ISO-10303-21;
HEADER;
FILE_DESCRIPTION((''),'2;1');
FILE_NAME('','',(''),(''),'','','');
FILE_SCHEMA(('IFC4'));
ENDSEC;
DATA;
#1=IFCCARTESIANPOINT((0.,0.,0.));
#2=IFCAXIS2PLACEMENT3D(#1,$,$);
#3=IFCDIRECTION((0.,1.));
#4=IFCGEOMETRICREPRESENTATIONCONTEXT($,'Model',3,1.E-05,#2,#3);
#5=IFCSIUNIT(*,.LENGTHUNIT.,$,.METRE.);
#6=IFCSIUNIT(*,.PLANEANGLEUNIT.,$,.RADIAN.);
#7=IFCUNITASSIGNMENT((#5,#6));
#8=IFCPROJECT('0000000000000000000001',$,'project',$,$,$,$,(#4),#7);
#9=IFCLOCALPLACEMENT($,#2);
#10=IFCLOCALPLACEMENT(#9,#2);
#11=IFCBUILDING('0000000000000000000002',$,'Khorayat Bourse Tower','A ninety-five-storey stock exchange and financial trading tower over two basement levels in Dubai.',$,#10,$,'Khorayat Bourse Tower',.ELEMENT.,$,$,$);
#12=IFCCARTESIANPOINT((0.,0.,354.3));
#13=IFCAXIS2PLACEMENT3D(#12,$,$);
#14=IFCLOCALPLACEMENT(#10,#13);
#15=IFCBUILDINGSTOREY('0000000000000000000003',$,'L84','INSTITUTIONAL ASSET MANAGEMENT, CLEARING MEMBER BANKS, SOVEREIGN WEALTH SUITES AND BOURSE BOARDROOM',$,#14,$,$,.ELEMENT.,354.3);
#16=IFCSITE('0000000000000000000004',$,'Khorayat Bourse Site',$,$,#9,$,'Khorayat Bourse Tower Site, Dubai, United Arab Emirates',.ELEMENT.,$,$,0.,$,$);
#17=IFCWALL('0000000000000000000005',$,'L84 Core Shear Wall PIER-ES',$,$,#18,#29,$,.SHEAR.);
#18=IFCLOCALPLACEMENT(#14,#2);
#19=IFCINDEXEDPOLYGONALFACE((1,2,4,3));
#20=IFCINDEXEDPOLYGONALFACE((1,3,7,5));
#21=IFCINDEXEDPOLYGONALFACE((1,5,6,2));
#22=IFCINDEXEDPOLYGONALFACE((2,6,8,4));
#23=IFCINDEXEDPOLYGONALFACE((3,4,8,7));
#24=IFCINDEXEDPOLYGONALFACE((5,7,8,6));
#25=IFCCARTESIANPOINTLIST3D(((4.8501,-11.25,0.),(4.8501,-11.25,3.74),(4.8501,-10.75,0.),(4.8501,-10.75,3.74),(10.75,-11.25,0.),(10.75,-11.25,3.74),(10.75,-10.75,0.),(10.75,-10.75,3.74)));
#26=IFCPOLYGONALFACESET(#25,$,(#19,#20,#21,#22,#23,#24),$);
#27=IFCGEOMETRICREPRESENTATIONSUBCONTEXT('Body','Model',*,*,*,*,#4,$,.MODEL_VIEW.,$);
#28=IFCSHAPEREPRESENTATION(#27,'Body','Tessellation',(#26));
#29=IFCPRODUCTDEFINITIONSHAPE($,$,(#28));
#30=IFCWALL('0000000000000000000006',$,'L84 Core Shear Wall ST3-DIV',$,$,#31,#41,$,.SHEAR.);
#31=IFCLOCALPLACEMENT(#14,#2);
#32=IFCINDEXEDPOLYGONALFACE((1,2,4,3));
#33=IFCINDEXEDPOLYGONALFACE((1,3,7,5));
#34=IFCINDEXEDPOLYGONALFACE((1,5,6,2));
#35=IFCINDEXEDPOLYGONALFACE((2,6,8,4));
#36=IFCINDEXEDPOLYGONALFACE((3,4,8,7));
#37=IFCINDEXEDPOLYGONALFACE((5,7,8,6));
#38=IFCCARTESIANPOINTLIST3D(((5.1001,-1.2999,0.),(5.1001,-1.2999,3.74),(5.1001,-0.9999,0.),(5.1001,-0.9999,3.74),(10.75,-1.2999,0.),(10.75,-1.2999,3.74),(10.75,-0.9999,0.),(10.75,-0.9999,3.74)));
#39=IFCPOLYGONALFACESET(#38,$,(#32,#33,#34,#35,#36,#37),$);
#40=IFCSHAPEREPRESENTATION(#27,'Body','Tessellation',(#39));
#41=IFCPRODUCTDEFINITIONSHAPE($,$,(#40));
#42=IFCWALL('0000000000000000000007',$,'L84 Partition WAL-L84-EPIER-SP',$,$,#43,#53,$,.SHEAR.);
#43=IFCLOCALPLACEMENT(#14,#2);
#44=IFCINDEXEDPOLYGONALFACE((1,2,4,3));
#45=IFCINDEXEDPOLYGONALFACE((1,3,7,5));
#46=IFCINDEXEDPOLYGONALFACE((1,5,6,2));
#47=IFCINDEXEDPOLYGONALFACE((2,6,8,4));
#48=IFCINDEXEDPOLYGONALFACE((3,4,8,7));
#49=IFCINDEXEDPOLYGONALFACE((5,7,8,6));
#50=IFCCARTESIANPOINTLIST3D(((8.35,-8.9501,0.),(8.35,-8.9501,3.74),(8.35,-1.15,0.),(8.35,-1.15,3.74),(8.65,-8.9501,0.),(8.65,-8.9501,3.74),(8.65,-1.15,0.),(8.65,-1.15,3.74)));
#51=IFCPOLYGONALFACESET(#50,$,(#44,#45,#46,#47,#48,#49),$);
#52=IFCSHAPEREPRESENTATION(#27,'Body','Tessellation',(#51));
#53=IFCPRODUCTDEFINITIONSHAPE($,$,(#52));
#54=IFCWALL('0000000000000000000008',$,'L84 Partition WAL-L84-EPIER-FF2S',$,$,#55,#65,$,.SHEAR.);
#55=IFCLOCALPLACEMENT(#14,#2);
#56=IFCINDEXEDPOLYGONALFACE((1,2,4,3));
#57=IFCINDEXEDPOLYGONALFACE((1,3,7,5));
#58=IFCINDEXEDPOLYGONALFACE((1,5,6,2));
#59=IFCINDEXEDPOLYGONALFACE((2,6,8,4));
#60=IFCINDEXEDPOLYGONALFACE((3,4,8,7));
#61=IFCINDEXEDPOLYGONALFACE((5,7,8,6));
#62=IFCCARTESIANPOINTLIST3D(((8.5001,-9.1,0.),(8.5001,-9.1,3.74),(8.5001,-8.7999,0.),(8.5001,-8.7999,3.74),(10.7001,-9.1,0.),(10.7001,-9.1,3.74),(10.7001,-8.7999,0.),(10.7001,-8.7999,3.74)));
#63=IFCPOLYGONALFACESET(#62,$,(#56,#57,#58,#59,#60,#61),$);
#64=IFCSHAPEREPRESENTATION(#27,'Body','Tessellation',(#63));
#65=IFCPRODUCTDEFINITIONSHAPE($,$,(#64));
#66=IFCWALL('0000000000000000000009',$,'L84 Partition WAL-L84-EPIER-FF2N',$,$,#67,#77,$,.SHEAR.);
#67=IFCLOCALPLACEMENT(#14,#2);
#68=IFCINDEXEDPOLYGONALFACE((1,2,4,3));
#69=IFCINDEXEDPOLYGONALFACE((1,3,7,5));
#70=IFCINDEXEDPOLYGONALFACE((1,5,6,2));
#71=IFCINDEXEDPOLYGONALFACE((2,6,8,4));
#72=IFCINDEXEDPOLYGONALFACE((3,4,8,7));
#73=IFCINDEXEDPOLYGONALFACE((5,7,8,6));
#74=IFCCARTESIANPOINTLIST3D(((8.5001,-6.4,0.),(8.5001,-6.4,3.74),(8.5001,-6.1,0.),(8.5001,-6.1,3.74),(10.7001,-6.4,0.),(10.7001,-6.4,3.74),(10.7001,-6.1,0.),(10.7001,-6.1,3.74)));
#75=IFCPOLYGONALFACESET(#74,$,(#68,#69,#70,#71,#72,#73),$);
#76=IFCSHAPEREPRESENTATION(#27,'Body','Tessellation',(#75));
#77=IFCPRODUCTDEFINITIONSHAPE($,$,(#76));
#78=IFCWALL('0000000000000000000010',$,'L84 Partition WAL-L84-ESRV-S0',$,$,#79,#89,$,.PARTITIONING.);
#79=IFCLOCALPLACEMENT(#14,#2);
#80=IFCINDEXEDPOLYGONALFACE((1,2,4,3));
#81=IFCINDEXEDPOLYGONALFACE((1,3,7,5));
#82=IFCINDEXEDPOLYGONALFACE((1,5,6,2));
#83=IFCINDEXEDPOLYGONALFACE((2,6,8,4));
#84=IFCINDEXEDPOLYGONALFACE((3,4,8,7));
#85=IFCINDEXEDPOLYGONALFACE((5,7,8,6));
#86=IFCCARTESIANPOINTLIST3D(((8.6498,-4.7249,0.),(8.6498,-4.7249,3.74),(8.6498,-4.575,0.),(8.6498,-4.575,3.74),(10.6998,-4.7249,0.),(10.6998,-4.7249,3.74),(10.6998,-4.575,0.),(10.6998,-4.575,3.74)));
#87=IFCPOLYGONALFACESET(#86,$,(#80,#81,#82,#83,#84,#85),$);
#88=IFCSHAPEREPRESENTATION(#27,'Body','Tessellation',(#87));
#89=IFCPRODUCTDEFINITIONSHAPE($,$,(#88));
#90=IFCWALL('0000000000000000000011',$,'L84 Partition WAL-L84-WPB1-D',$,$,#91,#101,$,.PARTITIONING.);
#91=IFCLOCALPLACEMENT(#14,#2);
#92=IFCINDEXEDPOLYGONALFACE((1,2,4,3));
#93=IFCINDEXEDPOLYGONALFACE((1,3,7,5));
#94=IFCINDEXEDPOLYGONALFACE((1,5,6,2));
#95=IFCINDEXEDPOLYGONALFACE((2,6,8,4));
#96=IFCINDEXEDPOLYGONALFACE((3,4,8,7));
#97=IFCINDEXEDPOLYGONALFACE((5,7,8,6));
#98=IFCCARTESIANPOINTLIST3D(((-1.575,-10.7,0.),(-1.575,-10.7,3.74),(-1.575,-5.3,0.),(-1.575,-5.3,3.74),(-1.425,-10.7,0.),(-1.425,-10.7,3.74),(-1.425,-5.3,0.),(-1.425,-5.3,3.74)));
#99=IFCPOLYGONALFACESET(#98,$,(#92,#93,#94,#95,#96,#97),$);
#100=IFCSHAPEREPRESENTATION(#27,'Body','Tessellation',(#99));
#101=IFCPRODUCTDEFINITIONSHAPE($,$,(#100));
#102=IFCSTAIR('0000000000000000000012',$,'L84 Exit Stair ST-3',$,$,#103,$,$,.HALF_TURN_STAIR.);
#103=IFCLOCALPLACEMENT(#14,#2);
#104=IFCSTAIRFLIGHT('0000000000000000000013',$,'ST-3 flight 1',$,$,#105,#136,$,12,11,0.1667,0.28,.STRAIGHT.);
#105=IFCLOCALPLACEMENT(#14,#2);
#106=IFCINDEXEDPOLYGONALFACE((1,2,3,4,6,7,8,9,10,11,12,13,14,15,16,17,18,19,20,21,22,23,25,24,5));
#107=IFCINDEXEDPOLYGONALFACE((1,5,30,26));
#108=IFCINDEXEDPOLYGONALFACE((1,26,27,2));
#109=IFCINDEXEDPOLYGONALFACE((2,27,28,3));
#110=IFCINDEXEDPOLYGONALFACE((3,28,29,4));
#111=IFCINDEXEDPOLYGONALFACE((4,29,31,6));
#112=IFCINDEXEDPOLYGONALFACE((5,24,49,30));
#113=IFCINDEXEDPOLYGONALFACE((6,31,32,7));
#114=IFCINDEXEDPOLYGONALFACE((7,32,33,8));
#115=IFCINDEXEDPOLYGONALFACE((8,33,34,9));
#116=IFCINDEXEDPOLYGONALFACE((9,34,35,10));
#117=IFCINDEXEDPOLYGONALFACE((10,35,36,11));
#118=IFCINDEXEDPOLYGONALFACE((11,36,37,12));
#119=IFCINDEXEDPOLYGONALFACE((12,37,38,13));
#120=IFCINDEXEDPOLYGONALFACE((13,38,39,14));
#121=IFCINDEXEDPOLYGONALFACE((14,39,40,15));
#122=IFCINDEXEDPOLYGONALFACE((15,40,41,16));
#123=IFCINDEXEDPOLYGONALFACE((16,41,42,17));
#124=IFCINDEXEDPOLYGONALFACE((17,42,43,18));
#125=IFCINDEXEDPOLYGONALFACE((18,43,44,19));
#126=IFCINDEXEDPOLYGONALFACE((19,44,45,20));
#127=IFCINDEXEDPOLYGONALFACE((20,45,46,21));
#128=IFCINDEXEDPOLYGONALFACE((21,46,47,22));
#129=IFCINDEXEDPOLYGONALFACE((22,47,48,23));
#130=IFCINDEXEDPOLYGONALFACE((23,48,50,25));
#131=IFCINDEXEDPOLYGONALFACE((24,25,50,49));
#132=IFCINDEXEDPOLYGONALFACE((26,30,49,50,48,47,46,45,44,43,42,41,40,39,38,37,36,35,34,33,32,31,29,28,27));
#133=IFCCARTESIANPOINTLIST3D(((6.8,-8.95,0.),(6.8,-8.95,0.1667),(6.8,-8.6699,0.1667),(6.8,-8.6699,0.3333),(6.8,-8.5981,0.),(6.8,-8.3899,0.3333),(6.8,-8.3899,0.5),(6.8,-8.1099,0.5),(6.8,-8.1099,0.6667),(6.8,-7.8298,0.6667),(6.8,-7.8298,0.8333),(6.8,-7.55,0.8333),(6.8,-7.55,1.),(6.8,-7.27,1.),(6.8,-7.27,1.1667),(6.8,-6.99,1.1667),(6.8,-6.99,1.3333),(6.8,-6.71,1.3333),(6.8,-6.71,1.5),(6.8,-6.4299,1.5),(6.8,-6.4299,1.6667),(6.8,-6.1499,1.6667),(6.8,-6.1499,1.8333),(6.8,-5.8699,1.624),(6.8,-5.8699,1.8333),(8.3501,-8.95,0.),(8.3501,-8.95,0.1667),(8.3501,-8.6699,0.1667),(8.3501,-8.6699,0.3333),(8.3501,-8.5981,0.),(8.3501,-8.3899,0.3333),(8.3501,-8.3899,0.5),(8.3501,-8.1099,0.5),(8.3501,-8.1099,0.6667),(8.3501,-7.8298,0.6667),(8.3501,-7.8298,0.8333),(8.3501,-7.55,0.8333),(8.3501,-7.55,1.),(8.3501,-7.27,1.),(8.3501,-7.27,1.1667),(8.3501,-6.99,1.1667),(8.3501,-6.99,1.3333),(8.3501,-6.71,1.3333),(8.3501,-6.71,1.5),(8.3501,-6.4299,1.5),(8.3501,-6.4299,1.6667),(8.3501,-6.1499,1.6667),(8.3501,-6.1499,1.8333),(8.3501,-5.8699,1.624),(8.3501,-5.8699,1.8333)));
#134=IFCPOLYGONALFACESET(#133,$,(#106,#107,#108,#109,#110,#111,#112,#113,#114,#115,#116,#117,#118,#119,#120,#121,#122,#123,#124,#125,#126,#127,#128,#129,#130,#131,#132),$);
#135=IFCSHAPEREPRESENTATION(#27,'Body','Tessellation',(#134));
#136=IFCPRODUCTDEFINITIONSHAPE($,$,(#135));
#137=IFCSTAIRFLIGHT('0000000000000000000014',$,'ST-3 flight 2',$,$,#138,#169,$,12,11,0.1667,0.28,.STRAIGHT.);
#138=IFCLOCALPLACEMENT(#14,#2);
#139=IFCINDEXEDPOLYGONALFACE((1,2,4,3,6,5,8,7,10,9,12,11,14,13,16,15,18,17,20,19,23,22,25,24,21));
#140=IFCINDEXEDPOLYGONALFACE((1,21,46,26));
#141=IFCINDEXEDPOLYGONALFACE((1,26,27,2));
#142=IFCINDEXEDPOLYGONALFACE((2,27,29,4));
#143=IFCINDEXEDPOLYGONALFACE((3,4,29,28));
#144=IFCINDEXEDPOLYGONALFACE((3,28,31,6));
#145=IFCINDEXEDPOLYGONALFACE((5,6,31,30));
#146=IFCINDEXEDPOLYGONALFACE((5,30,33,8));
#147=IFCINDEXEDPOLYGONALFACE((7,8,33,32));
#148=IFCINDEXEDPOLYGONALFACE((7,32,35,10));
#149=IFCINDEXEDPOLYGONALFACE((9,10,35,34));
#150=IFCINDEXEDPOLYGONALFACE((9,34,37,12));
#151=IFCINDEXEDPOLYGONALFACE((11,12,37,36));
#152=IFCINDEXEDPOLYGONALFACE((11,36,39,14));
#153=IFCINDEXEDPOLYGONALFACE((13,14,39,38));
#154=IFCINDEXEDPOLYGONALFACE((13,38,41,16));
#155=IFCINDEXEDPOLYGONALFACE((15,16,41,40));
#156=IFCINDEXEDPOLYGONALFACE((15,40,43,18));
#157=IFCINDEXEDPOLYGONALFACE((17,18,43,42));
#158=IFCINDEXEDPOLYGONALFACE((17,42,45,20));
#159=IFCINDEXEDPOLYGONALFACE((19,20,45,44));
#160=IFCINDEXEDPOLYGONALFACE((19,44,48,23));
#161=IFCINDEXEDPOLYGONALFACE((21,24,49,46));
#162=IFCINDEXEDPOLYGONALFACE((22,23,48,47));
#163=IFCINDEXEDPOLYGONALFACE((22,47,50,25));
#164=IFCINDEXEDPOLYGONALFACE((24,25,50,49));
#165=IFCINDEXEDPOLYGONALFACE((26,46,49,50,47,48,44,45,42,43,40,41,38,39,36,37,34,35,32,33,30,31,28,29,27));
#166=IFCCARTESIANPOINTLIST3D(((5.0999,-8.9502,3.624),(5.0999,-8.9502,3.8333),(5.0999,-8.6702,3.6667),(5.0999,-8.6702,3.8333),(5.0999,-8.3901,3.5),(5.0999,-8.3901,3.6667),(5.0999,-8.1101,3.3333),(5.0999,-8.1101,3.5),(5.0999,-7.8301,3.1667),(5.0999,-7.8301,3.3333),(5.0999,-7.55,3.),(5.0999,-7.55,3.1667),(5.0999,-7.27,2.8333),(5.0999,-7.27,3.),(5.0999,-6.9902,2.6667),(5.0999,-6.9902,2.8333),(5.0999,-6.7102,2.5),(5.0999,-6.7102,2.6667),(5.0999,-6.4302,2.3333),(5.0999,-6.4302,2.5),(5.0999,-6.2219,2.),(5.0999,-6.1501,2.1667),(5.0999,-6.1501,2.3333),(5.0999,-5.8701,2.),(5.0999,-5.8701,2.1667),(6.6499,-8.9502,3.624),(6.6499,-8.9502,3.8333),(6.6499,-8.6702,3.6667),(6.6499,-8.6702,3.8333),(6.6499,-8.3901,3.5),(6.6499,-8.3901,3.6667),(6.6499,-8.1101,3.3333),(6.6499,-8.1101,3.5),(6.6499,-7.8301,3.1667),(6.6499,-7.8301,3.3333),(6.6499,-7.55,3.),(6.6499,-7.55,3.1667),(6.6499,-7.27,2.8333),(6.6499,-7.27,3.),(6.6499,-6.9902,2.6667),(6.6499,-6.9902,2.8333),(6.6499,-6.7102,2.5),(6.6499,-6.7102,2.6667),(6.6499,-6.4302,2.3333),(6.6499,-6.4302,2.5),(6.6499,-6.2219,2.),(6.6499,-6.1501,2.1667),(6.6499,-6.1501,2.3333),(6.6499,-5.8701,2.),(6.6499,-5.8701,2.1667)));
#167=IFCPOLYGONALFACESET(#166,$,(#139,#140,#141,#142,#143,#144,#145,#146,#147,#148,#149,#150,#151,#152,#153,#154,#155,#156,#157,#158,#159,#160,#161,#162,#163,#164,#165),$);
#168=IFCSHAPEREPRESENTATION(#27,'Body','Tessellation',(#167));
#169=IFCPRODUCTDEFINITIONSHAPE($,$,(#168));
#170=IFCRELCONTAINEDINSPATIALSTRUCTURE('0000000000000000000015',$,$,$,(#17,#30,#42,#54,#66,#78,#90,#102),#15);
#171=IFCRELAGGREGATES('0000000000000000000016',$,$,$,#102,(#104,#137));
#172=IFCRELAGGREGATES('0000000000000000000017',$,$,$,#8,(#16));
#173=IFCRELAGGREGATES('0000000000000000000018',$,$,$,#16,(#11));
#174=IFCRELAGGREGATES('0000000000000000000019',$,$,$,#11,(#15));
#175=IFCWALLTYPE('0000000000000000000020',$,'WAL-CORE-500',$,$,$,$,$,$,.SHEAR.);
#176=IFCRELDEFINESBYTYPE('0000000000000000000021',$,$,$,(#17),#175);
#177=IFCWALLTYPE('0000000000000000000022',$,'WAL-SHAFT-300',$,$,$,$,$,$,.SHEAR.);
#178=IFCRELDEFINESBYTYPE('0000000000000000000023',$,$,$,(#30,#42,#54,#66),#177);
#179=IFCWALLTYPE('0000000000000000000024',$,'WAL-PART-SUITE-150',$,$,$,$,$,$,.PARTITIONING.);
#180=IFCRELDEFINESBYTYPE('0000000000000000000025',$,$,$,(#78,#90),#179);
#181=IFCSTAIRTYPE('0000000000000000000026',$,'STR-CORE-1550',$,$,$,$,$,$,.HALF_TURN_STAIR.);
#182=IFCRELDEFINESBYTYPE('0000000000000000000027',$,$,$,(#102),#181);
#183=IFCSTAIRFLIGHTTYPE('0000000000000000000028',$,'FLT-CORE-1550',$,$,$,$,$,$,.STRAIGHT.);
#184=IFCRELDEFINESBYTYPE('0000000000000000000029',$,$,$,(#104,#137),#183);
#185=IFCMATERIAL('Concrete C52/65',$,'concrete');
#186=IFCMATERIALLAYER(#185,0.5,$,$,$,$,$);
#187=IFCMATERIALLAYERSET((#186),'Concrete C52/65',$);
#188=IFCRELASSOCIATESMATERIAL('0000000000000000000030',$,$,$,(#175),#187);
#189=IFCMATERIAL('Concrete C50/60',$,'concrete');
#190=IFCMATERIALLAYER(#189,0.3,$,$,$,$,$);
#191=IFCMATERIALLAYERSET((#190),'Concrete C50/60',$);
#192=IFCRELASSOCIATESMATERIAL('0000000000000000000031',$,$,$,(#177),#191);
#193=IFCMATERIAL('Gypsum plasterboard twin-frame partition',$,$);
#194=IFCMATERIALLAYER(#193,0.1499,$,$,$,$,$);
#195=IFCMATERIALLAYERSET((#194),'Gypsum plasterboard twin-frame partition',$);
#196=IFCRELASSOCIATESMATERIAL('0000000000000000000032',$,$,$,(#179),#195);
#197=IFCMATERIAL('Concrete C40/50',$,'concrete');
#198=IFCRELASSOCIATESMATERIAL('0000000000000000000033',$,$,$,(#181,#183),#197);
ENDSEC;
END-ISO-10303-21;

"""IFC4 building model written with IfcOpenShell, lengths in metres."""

from ifc_helpers import new_model, si_unit, direction, frame, frame_2d, origin, place, context, subcontext, project, spatial, polyline, rectangle, outline, extrude, source, transform, mapped, material, layer, layer_set, type_object, element, aggregate, save


model = new_model("IFC4")

# Units and contexts
model_context = context("Model", 3, precision=1e-05, world=origin(), true_north=direction((0.0, 1.0)))
body_context = subcontext(model_context, "Body", "Model", "MODEL_VIEW")
ifc_project = project(units=[si_unit("LENGTHUNIT", "METRE"), si_unit("PLANEANGLEUNIT", "RADIAN")], contexts=[model_context])

# Site, building, storey
site_placement = place(None, origin())
site = spatial("IfcSite", under=ifc_project, at=site_placement, Name="Khorayat Bourse Site", LongName="Khorayat Bourse Tower Site, Dubai, United Arab Emirates", CompositionType="ELEMENT", RefElevation=0.0)
building_placement = place(site_placement, origin())
building = spatial("IfcBuilding", under=site, at=building_placement, Name="Khorayat Bourse Tower", Description="A ninety-five-storey stock exchange and financial trading tower over two basement levels in Dubai.", LongName="Khorayat Bourse Tower", CompositionType="ELEMENT")
storey_placement = place(building_placement, frame((0.0, 0.0, 354.3)))
storey = spatial("IfcBuildingStorey", under=building, at=storey_placement, Name="L84", Description="INSTITUTIONAL ASSET MANAGEMENT, CLEARING MEMBER BANKS, SOVEREIGN WEALTH SUITES AND BOURSE BOARDROOM", CompositionType="ELEMENT", Elevation=354.3)

# Shared definitions
ifc_material_1 = material(Name="Concrete C52/65", Category="concrete")

# Shared definitions
ifc_material_2 = material(Name="Concrete C40/50", Category="concrete")

# Shared definitions
ifc_layer_1 = layer(ifc_material_1, 0.5)
ifc_layer_set_1 = layer_set([ifc_layer_1], Name="Concrete C52/65")
wall_type_1 = type_object("IfcWallType", Name="WAL-CORE-500", PredefinedType="SHEAR", material=ifc_layer_set_1)

# Walls
shared_shape_1 = source(origin(), body_context, "Body", "SweptSolid", [
    extrude(rectangle(XDim=5.8999, YDim=0.5, at=frame_2d((2.95, 0.0))), origin(), (0.0, 0.0, 1.0), 3.74),
])
wall_1_placement = place(storey_placement, frame((4.8501, -11.0, 0.0), z_axis=(0.0, 0.0, 1.0), x_axis=(1.0, 0.0, 0.0)))
element("IfcWall", 1, at=wall_1_placement, inside=storey, type_object=wall_type_1, Name="L84 Core Shear Wall PIER-ES", PredefinedType="SHEAR", context=body_context, shape_type="MappedRepresentation", body=[
    mapped(shared_shape_1, transform((0.0, 0.0, 0.0), scale=1.0)),
])
ifc_material_3 = material(Name="Concrete C50/60", Category="concrete")
ifc_layer_2 = layer(ifc_material_3, 0.3)
ifc_layer_set_2 = layer_set([ifc_layer_2], Name="Concrete C50/60")
wall_type_2 = type_object("IfcWallType", Name="WAL-SHAFT-300", PredefinedType="SHEAR", material=ifc_layer_set_2)
shared_shape_2 = source(origin(), body_context, "Body", "SweptSolid", [
    extrude(rectangle(XDim=5.6499, YDim=0.3, at=frame_2d((2.825, 0.0))), origin(), (0.0, 0.0, 1.0), 3.74),
])
wall_2_placement = place(storey_placement, frame((5.1001, -1.1499, 0.0), z_axis=(0.0, 0.0, 1.0), x_axis=(1.0, 0.0, 0.0)))
element("IfcWall", 2, at=wall_2_placement, inside=storey, type_object=wall_type_2, Name="L84 Core Shear Wall ST3-DIV", PredefinedType="SHEAR", context=body_context, shape_type="MappedRepresentation", body=[
    mapped(shared_shape_2, transform((0.0, 0.0, 0.0), scale=1.0)),
])
shared_shape_3 = source(origin(), body_context, "Body", "SweptSolid", [
    extrude(rectangle(XDim=7.8, YDim=0.3, at=frame_2d((3.8999, 0.0))), origin(), (0.0, 0.0, 1.0), 3.74),
])
wall_3_placement = place(storey_placement, frame((8.5, -8.95, 0.0), z_axis=(0.0, 0.0, 1.0), x_axis=(0.0, 1.0, 0.0)))
element("IfcWall", 3, at=wall_3_placement, inside=storey, type_object=wall_type_2, Name="L84 Partition WAL-L84-EPIER-SP", PredefinedType="SHEAR", context=body_context, shape_type="MappedRepresentation", body=[
    mapped(shared_shape_3, transform((0.0, 0.0, 0.0), scale=1.0)),
])
shared_shape_4 = source(origin(), body_context, "Body", "SweptSolid", [
    extrude(rectangle(XDim=2.2, YDim=0.3, at=frame_2d((1.1001, 0.0))), origin(), (0.0, 0.0, 1.0), 3.74),
])
for number, where, z_axis, x_axis, name in (
    (4, (8.5, -8.95, 0.0), (0.0, 0.0, 1.0), (1.0, 0.0, 0.0), "L84 Partition WAL-L84-EPIER-FF2S"),
    (5, (8.5, -6.25, 0.0), (0.0, 0.0, 1.0), (1.0, 0.0, 0.0), "L84 Partition WAL-L84-EPIER-FF2N"),
):
    element("IfcWall", number, at=place(storey_placement, frame(where, z_axis=z_axis, x_axis=x_axis)), inside=storey, type_object=wall_type_2, Name=name, PredefinedType="SHEAR", context=body_context, shape_type="MappedRepresentation", body=[
        mapped(shared_shape_4, transform((0.0, 0.0, 0.0), scale=1.0)),
    ])
ifc_material_4 = material(Name="Gypsum plasterboard twin-frame partition")
ifc_layer_3 = layer(ifc_material_4, 0.1499)
ifc_layer_set_3 = layer_set([ifc_layer_3], Name="Gypsum plasterboard twin-frame partition")
wall_type_3 = type_object("IfcWallType", Name="WAL-PART-SUITE-150", PredefinedType="PARTITIONING", material=ifc_layer_set_3)
shared_shape_5 = source(origin(), body_context, "Body", "SweptSolid", [
    extrude(rectangle(XDim=2.05, YDim=0.1499, at=frame_2d((1.0249, 0.0))), origin(), (0.0, 0.0, 1.0), 3.74),
])
wall_4_placement = place(storey_placement, frame((8.6499, -4.6499, 0.0), z_axis=(0.0, 0.0, 1.0), x_axis=(1.0, 0.0, 0.0)))
element("IfcWall", 6, at=wall_4_placement, inside=storey, type_object=wall_type_3, Name="L84 Partition WAL-L84-ESRV-S0", PredefinedType="PARTITIONING", context=body_context, shape_type="MappedRepresentation", body=[
    mapped(shared_shape_5, transform((0.0, 0.0, 0.0), scale=1.0)),
])
shared_shape_6 = source(origin(), body_context, "Body", "SweptSolid", [
    extrude(rectangle(XDim=5.3999, YDim=0.1499, at=frame_2d((2.7, 0.0))), origin(), (0.0, 0.0, 1.0), 3.74),
])
wall_5_placement = place(storey_placement, frame((-1.5, -10.7, 0.0), z_axis=(0.0, 0.0, 1.0), x_axis=(0.0, 1.0, 0.0)))
element("IfcWall", 7, at=wall_5_placement, inside=storey, type_object=wall_type_3, Name="L84 Partition WAL-L84-WPB1-D", PredefinedType="PARTITIONING", context=body_context, shape_type="MappedRepresentation", body=[
    mapped(shared_shape_6, transform((0.0, 0.0, 0.0), scale=1.0)),
])

# Stair, stair flights
stair_type = type_object("IfcStairType", Name="STR-CORE-1550", PredefinedType="HALF_TURN_STAIR", material=ifc_material_2)
stair_placement = place(storey_placement, origin())
stair = element("IfcStair", 8, at=stair_placement, inside=storey, type_object=stair_type, Name="L84 Exit Stair ST-3", PredefinedType="HALF_TURN_STAIR")
stair_flight_type = type_object("IfcStairFlightType", Name="FLT-CORE-1550", PredefinedType="STRAIGHT", material=ifc_material_2)
shared_shape_7 = source(origin(), body_context, "Body", "SweptSolid", [
    extrude(outline(polyline([(0.0, 0.0), (0.0, 0.1667), (0.28, 0.1667), (0.28, 0.3333), (0.5601, 0.3333), (0.5601, 0.5), (0.8401, 0.5), (0.8401, 0.6667), (1.1201, 0.6667), (1.1201, 0.8333), (1.3999, 0.8333), (1.3999, 1.0), (1.6799, 1.0), (1.6799, 1.1667), (1.96, 1.1667), (1.96, 1.3333), (2.24, 1.3333), (2.24, 1.5), (2.52, 1.5), (2.52, 1.6667), (2.8, 1.6667), (2.8, 1.8333), (3.0801, 1.8333), (3.0801, 2.0), (3.0801, 1.624), (0.3518, 0.0), (0.0, 0.0)])), frame((0.0, 0.7749, 0.0), z_axis=(0.0, -1.0, 0.0), x_axis=(1.0, 0.0, 0.0)), (0.0, 0.0, 1.0), 1.55),
])
stair_flight_1_placement = place(storey_placement, frame((7.575, -8.95, 0.0), z_axis=(0.0, 0.0, 1.0), x_axis=(0.0, 1.0, 0.0)))
stair_flight_1 = element("IfcStairFlight", 9, at=stair_flight_1_placement, type_object=stair_flight_type, Name="ST-3 flight 1", NumberOfRisers=12, NumberOfTreads=11, PredefinedType="STRAIGHT", RiserHeight=0.1667, TreadLength=0.28, context=body_context, shape_type="MappedRepresentation", body=[
    mapped(shared_shape_7, transform((0.0, 0.0, 0.0), scale=1.0)),
])
stair_flight_2_placement = place(storey_placement, frame((5.875, -5.8701, 2.0), z_axis=(0.0, 0.0, 1.0), x_axis=(0.0, -1.0, 0.0)))
stair_flight_2 = element("IfcStairFlight", 10, at=stair_flight_2_placement, type_object=stair_flight_type, Name="ST-3 flight 2", NumberOfRisers=12, NumberOfTreads=11, PredefinedType="STRAIGHT", RiserHeight=0.1667, TreadLength=0.28, context=body_context, shape_type="MappedRepresentation", body=[
    mapped(shared_shape_7, transform((0.0, 0.0, 0.0), scale=1.0)),
])
aggregate(stair, [stair_flight_1, stair_flight_2])

save(model, "model.ifc")
